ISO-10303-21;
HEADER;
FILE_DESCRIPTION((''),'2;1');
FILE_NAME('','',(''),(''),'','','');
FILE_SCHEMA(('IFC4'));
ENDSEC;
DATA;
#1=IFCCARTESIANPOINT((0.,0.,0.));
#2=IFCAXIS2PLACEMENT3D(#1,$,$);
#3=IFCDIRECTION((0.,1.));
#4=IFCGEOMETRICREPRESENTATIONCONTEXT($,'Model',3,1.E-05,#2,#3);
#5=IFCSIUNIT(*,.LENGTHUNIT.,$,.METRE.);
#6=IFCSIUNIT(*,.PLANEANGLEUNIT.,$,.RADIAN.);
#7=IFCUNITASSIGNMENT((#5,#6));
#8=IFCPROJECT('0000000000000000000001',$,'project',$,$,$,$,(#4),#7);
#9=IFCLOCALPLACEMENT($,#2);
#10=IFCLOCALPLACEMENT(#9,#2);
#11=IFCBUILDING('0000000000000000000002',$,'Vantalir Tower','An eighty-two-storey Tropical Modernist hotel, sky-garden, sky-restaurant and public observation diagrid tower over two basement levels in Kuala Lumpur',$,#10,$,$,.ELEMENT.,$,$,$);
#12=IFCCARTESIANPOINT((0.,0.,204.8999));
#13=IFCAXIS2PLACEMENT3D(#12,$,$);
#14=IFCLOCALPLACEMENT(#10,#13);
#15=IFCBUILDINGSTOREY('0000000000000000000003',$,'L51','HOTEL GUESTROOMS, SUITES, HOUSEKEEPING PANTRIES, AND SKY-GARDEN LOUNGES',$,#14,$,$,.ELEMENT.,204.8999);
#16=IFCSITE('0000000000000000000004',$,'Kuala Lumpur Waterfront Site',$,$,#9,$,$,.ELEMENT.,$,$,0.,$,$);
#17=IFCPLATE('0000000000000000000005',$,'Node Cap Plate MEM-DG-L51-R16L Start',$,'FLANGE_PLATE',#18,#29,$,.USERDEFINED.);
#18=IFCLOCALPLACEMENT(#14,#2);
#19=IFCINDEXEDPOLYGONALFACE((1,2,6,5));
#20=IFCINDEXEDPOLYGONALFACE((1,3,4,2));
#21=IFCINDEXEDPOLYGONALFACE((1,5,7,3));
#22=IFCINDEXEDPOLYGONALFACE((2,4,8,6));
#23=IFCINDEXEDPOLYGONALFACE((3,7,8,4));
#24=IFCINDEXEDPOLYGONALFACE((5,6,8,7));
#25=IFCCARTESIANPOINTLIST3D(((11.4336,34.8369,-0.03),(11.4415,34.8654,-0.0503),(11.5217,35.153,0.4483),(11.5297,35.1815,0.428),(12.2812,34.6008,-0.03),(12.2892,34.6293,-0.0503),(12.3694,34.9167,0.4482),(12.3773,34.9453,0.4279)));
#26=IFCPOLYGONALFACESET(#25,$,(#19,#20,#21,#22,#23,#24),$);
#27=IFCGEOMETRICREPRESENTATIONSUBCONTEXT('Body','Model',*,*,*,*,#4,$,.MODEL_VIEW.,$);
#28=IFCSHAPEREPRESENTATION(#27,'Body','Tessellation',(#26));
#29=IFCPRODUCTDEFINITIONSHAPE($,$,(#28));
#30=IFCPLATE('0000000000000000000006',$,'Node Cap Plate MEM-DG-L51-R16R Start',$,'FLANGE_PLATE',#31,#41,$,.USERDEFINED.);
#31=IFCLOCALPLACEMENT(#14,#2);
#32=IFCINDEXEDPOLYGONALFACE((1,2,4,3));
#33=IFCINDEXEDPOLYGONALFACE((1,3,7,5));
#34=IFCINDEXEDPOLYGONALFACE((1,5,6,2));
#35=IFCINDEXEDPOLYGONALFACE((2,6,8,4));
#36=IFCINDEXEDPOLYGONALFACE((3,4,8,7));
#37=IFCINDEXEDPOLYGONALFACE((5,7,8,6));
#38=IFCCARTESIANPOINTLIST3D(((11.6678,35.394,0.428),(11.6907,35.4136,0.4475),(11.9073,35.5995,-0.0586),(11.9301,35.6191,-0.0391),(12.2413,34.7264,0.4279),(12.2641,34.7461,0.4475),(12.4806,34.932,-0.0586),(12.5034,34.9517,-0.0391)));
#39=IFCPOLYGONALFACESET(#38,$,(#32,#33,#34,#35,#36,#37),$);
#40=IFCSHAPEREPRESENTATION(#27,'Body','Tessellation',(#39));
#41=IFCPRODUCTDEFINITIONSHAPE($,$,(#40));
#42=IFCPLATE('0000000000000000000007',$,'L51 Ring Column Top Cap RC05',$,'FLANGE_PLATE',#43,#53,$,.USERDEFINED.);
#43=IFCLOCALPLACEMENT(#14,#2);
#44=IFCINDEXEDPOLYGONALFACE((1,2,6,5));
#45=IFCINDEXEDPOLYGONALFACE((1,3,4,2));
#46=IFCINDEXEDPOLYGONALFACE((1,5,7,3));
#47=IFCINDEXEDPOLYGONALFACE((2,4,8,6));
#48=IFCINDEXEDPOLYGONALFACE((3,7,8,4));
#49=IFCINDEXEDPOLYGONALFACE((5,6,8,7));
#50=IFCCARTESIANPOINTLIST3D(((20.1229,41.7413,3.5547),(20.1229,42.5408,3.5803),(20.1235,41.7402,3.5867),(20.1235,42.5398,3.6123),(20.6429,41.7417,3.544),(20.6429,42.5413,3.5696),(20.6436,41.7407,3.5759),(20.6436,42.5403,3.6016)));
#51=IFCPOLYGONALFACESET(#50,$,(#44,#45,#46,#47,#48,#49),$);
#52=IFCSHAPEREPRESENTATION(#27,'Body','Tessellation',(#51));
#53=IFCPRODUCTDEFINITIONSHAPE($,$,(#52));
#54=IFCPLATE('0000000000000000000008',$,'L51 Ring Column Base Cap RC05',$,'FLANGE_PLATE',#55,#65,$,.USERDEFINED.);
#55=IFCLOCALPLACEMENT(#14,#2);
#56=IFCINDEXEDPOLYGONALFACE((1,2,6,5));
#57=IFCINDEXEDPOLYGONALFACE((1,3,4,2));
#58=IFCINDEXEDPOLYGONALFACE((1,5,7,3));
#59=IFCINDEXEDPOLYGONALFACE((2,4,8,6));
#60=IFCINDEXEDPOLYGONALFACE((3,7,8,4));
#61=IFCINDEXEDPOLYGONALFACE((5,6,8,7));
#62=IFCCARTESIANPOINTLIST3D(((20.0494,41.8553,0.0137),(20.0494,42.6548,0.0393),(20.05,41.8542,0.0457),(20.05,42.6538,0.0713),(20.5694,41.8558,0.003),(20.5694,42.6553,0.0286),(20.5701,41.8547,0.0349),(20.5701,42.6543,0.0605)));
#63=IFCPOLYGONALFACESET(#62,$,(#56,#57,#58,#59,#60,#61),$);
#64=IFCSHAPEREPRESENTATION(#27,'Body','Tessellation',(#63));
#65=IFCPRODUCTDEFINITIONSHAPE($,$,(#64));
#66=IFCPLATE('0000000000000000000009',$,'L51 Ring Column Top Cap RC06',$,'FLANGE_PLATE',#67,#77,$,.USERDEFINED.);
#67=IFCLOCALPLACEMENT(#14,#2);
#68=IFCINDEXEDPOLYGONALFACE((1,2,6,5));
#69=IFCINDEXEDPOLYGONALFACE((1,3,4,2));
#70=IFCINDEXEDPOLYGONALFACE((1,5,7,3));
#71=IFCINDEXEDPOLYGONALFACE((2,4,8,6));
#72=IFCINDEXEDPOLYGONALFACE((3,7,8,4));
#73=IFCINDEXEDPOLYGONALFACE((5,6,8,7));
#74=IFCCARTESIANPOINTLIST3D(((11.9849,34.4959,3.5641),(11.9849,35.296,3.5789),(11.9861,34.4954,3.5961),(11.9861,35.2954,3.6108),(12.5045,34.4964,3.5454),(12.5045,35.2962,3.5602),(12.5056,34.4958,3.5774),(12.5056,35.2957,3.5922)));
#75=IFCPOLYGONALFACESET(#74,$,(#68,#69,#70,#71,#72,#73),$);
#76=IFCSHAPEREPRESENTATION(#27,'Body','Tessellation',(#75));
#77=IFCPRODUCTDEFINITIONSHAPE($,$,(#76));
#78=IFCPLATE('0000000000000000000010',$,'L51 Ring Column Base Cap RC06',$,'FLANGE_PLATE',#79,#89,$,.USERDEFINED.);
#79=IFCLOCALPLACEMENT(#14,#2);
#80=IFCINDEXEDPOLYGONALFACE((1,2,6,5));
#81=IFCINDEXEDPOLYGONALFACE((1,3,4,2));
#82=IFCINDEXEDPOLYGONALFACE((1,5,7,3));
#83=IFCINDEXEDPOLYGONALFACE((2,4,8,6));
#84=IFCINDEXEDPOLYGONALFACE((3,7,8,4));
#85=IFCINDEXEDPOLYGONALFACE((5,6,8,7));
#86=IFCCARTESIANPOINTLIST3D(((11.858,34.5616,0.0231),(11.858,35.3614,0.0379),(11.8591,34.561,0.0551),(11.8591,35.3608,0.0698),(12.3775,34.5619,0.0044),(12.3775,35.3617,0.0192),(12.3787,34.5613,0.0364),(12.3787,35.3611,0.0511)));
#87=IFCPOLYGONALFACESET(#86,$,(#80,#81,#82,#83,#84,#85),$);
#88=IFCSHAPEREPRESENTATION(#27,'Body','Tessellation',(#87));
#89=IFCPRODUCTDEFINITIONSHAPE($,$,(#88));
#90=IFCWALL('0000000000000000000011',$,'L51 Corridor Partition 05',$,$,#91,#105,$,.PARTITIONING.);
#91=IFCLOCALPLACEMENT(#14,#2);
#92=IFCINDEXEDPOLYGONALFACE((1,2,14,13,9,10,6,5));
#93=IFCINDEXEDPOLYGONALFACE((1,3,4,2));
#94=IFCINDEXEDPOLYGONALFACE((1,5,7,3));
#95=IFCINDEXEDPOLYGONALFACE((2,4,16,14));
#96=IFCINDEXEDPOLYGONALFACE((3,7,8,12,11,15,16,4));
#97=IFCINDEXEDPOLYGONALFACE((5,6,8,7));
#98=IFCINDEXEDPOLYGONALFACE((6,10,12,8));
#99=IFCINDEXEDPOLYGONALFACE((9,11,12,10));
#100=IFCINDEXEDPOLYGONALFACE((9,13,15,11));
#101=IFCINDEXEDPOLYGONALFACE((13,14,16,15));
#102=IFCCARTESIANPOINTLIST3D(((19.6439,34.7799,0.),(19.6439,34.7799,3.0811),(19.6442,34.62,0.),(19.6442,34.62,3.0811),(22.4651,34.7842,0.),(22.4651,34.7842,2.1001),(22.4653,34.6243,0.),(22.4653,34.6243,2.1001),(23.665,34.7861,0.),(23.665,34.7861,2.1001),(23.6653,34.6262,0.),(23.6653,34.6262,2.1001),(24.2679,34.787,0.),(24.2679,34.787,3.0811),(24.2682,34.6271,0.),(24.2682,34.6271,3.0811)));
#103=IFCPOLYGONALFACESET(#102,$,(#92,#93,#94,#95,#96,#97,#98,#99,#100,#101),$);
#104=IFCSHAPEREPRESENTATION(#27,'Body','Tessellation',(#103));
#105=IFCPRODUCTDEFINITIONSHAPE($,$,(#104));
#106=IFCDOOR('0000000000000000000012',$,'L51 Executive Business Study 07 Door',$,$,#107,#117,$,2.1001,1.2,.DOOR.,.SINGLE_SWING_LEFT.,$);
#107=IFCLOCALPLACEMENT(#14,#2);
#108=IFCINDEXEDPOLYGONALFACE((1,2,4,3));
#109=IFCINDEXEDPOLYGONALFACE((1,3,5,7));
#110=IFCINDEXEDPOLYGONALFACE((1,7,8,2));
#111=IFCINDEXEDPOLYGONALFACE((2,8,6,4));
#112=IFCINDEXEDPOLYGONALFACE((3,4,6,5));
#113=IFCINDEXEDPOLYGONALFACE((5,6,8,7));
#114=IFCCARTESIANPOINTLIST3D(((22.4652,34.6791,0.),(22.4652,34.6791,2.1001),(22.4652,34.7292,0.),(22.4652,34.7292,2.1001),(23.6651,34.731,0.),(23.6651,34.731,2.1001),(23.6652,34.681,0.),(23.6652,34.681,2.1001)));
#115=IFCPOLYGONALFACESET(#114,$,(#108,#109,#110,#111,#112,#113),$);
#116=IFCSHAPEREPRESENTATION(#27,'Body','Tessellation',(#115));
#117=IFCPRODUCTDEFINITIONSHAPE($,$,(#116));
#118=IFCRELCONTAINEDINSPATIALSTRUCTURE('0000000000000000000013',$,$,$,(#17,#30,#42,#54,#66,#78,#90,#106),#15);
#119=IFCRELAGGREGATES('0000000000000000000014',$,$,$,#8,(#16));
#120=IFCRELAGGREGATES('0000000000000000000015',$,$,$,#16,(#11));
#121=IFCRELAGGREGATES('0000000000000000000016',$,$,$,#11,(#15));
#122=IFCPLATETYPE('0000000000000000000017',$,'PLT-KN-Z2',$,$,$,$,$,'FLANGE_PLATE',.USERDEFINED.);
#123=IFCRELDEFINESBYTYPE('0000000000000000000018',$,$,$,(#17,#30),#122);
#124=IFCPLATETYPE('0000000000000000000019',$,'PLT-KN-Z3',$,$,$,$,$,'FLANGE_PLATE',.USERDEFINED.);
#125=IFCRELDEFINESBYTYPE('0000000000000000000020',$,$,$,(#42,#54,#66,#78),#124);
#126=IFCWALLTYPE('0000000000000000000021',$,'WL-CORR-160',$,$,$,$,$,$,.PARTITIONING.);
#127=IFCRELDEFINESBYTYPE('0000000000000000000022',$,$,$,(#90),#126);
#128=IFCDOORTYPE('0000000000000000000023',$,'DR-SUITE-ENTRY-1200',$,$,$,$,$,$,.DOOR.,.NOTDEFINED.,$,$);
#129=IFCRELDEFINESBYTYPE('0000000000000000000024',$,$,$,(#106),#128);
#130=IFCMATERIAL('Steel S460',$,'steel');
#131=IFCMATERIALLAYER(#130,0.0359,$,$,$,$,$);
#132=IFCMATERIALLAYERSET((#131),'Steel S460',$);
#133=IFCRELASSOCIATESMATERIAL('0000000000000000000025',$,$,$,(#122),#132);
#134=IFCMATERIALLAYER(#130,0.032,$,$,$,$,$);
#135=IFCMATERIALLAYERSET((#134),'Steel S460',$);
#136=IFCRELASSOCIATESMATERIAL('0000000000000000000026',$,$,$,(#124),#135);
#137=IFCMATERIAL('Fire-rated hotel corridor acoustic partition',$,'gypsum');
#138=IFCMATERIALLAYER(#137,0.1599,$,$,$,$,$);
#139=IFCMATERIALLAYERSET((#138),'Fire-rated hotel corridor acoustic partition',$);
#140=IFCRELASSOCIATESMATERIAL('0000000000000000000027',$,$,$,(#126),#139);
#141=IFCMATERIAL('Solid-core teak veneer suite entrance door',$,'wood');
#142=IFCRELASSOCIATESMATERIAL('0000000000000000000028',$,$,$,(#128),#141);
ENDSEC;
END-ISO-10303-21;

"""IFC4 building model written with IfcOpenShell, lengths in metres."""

from ifc_helpers import new_model, si_unit, direction, frame, frame_2d, origin, place, context, subcontext, project, spatial, polyline, rectangle, outline, extrude, material, layer, layer_set, type_object, element, fill, save


model = new_model("IFC4")

# Units and contexts
model_context = context("Model", 3, precision=1e-05, world=origin(), true_north=direction((0.0, 1.0)))
body_context = subcontext(model_context, "Body", "Model", "MODEL_VIEW")
ifc_project = project(units=[si_unit("LENGTHUNIT", "METRE"), si_unit("PLANEANGLEUNIT", "RADIAN")], contexts=[model_context])

# Site, building, storey
site_placement = place(None, origin())
site = spatial("IfcSite", under=ifc_project, at=site_placement, Name="Kuala Lumpur Waterfront Site", CompositionType="ELEMENT", RefElevation=0.0)
building_placement = place(site_placement, origin())
building = spatial("IfcBuilding", under=site, at=building_placement, Name="Vantalir Tower", Description="An eighty-two-storey Tropical Modernist hotel, sky-garden, sky-restaurant and public observation diagrid tower over two basement levels in Kuala Lumpur", CompositionType="ELEMENT")
storey_placement = place(building_placement, frame((0.0, 0.0, 204.8999)))
storey = spatial("IfcBuildingStorey", under=building, at=storey_placement, Name="L51", Description="HOTEL GUESTROOMS, SUITES, HOUSEKEEPING PANTRIES, AND SKY-GARDEN LOUNGES", CompositionType="ELEMENT", Elevation=204.8999)

# Shared definitions
ifc_material_1 = material(Name="Steel S460", Category="steel")

# Plates
ifc_layer_1 = layer(ifc_material_1, 0.0359)
ifc_layer_set_1 = layer_set([ifc_layer_1], Name="Steel S460")
plate_type_1 = type_object("IfcPlateType", Name="PLT-KN-Z2", ElementType="FLANGE_PLATE", PredefinedType="USERDEFINED", material=ifc_layer_set_1)
plate_1_placement = place(storey_placement, frame((11.4336, 34.8369, -0.03), z_axis=(-0.221352, -0.794351, 0.565694), x_axis=(0.96331, -0.26839, 0.000062)))
element("IfcPlate", 1, at=plate_1_placement, inside=storey, type_object=plate_type_1, Name="Node Cap Plate MEM-DG-L51-R16L Start", ObjectType="FLANGE_PLATE", PredefinedType="USERDEFINED", context=body_context, shape_type="SweptSolid", body=[
    extrude(outline(polyline([(0.0, 0.0), (0.8799, 0.0), (0.8801, 0.5799), (0.0001, 0.5801), (0.0, 0.0)])), origin(), (0.0, 0.0, -1.0), 0.0359),
])
plate_2_placement = place(storey_placement, frame((12.5034, 34.9517, -0.0391), z_axis=(0.636453, 0.546711, 0.544091), x_axis=(-0.651579, 0.758581, -0.000048)))
element("IfcPlate", 2, at=plate_2_placement, inside=storey, type_object=plate_type_1, Name="Node Cap Plate MEM-DG-L51-R16R Start", ObjectType="FLANGE_PLATE", PredefinedType="USERDEFINED", context=body_context, shape_type="SweptSolid", body=[
    extrude(outline(polyline([(0.0, 0.0), (0.8799, 0.0), (0.8799, 0.58), (-0.0001, 0.5799), (0.0, 0.0)])), origin(), (0.0, 0.0, -1.0), 0.0359),
])
ifc_layer_2 = layer(ifc_material_1, 0.032)
ifc_layer_set_2 = layer_set([ifc_layer_2], Name="Steel S460")
plate_type_2 = type_object("IfcPlateType", Name="PLT-KN-Z3", ElementType="FLANGE_PLATE", PredefinedType="USERDEFINED", material=ifc_layer_set_2)
for number, where, z_axis, x_axis, name in (
    (3, (20.1235, 42.5398, 3.6123), (0.020672, -0.032038, 0.999273), (0.0, -0.999486, -0.032045), "L51 Ring Column Top Cap RC05"),
    (4, (20.05, 42.6538, 0.0713), (0.020672, -0.032038, 0.999273), (0.0, -0.999486, -0.032045), "L51 Ring Column Base Cap RC05"),
):
    element("IfcPlate", number, at=place(storey_placement, frame(where, z_axis=z_axis, x_axis=x_axis)), inside=storey, type_object=plate_type_2, Name=name, ObjectType="FLANGE_PLATE", PredefinedType="USERDEFINED", context=body_context, shape_type="SweptSolid", body=[
        extrude(outline(polyline([(0.0, 0.0), (0.8, 0.0), (0.7998, 0.5201), (-0.0001, 0.5201), (0.0, 0.0)])), origin(), (0.0, 0.0, -1.0), 0.032),
    ])
plate_3_placement = place(storey_placement, frame((11.9861, 35.2954, 3.6108), z_axis=(0.035933, -0.01845, 0.999184), x_axis=(0.000005, -0.99983, -0.018462)))
element("IfcPlate", 5, at=plate_3_placement, inside=storey, type_object=plate_type_2, Name="L51 Ring Column Top Cap RC06", ObjectType="FLANGE_PLATE", PredefinedType="USERDEFINED", context=body_context, shape_type="SweptSolid", body=[
    extrude(outline(polyline([(0.0, 0.0), (0.8002, 0.0), (0.8, 0.5199), (0.0001, 0.5199), (0.0, 0.0)])), origin(), (0.0, 0.0, -1.0), 0.032),
])
plate_4_placement = place(storey_placement, frame((11.8591, 35.3608, 0.0698), z_axis=(0.035929, -0.018453, 0.999184), x_axis=(0.000005, -0.99983, -0.018465)))
element("IfcPlate", 6, at=plate_4_placement, inside=storey, type_object=plate_type_2, Name="L51 Ring Column Base Cap RC06", ObjectType="FLANGE_PLATE", PredefinedType="USERDEFINED", context=body_context, shape_type="SweptSolid", body=[
    extrude(outline(polyline([(0.0, 0.0), (0.7999, 0.0), (0.8, 0.5199), (0.0001, 0.5199), (0.0, 0.0)])), origin(), (0.0, 0.0, -1.0), 0.032),
])

# Wall, opening, door
ifc_material_2 = material(Name="Fire-rated hotel corridor acoustic partition", Category="gypsum")
ifc_layer_3 = layer(ifc_material_2, 0.1599)
ifc_layer_set_3 = layer_set([ifc_layer_3], Name="Fire-rated hotel corridor acoustic partition")
wall_type = type_object("IfcWallType", Name="WL-CORR-160", PredefinedType="PARTITIONING", material=ifc_layer_set_3)
wall_placement = place(storey_placement, frame((19.644, 34.7, 0.0), z_axis=(0.0, 0.0, 1.0), x_axis=(0.999999, 0.001531, 0.0)))
wall = element("IfcWall", 7, at=wall_placement, inside=storey, type_object=wall_type, Name="L51 Corridor Partition 05", PredefinedType="PARTITIONING", context=body_context, shape_type="SweptSolid", body=[
    extrude(rectangle(XDim=4.624, YDim=0.1599, at=frame_2d((2.312, 0.0))), origin(), (0.0, 0.0, 1.0), 3.0811),
])
opening_placement = place(wall_placement, frame((2.821, 0.0, 0.0)))
opening = element("IfcOpeningElement", 8, at=opening_placement, cuts=wall, PredefinedType="OPENING", context=body_context, shape_type="SweptSolid", body=[
    extrude(rectangle(XDim=1.2, YDim=2.1001, at=frame_2d((0.6001, 1.05))), frame((0.0, 0.0898, 0.0), z_axis=(0.0, -1.0, 0.0), x_axis=(1.0, 0.0, 0.0)), (0.0, 0.0, 1.0), 0.1799),
])
ifc_material_3 = material(Name="Solid-core teak veneer suite entrance door", Category="wood")
door_type = type_object("IfcDoorType", Name="DR-SUITE-ENTRY-1200", OperationType="NOTDEFINED", PredefinedType="DOOR", material=ifc_material_3)
door_placement = place(opening_placement, origin())
door = element("IfcDoor", 9, at=door_placement, inside=storey, type_object=door_type, Name="L51 Executive Business Study 07 Door", OperationType="SINGLE_SWING_LEFT", OverallHeight=2.1001, OverallWidth=1.2, PredefinedType="DOOR", context=body_context, shape_type="SweptSolid", body=[
    extrude(rectangle(XDim=1.2, YDim=2.1001, at=frame_2d((0.6001, 1.05))), frame((0.0, 0.0249, 0.0), z_axis=(0.0, -1.0, 0.0), x_axis=(1.0, 0.0, 0.0)), (0.0, 0.0, 1.0), 0.05),
])
fill(opening, door)

save(model, "model.ifc")
